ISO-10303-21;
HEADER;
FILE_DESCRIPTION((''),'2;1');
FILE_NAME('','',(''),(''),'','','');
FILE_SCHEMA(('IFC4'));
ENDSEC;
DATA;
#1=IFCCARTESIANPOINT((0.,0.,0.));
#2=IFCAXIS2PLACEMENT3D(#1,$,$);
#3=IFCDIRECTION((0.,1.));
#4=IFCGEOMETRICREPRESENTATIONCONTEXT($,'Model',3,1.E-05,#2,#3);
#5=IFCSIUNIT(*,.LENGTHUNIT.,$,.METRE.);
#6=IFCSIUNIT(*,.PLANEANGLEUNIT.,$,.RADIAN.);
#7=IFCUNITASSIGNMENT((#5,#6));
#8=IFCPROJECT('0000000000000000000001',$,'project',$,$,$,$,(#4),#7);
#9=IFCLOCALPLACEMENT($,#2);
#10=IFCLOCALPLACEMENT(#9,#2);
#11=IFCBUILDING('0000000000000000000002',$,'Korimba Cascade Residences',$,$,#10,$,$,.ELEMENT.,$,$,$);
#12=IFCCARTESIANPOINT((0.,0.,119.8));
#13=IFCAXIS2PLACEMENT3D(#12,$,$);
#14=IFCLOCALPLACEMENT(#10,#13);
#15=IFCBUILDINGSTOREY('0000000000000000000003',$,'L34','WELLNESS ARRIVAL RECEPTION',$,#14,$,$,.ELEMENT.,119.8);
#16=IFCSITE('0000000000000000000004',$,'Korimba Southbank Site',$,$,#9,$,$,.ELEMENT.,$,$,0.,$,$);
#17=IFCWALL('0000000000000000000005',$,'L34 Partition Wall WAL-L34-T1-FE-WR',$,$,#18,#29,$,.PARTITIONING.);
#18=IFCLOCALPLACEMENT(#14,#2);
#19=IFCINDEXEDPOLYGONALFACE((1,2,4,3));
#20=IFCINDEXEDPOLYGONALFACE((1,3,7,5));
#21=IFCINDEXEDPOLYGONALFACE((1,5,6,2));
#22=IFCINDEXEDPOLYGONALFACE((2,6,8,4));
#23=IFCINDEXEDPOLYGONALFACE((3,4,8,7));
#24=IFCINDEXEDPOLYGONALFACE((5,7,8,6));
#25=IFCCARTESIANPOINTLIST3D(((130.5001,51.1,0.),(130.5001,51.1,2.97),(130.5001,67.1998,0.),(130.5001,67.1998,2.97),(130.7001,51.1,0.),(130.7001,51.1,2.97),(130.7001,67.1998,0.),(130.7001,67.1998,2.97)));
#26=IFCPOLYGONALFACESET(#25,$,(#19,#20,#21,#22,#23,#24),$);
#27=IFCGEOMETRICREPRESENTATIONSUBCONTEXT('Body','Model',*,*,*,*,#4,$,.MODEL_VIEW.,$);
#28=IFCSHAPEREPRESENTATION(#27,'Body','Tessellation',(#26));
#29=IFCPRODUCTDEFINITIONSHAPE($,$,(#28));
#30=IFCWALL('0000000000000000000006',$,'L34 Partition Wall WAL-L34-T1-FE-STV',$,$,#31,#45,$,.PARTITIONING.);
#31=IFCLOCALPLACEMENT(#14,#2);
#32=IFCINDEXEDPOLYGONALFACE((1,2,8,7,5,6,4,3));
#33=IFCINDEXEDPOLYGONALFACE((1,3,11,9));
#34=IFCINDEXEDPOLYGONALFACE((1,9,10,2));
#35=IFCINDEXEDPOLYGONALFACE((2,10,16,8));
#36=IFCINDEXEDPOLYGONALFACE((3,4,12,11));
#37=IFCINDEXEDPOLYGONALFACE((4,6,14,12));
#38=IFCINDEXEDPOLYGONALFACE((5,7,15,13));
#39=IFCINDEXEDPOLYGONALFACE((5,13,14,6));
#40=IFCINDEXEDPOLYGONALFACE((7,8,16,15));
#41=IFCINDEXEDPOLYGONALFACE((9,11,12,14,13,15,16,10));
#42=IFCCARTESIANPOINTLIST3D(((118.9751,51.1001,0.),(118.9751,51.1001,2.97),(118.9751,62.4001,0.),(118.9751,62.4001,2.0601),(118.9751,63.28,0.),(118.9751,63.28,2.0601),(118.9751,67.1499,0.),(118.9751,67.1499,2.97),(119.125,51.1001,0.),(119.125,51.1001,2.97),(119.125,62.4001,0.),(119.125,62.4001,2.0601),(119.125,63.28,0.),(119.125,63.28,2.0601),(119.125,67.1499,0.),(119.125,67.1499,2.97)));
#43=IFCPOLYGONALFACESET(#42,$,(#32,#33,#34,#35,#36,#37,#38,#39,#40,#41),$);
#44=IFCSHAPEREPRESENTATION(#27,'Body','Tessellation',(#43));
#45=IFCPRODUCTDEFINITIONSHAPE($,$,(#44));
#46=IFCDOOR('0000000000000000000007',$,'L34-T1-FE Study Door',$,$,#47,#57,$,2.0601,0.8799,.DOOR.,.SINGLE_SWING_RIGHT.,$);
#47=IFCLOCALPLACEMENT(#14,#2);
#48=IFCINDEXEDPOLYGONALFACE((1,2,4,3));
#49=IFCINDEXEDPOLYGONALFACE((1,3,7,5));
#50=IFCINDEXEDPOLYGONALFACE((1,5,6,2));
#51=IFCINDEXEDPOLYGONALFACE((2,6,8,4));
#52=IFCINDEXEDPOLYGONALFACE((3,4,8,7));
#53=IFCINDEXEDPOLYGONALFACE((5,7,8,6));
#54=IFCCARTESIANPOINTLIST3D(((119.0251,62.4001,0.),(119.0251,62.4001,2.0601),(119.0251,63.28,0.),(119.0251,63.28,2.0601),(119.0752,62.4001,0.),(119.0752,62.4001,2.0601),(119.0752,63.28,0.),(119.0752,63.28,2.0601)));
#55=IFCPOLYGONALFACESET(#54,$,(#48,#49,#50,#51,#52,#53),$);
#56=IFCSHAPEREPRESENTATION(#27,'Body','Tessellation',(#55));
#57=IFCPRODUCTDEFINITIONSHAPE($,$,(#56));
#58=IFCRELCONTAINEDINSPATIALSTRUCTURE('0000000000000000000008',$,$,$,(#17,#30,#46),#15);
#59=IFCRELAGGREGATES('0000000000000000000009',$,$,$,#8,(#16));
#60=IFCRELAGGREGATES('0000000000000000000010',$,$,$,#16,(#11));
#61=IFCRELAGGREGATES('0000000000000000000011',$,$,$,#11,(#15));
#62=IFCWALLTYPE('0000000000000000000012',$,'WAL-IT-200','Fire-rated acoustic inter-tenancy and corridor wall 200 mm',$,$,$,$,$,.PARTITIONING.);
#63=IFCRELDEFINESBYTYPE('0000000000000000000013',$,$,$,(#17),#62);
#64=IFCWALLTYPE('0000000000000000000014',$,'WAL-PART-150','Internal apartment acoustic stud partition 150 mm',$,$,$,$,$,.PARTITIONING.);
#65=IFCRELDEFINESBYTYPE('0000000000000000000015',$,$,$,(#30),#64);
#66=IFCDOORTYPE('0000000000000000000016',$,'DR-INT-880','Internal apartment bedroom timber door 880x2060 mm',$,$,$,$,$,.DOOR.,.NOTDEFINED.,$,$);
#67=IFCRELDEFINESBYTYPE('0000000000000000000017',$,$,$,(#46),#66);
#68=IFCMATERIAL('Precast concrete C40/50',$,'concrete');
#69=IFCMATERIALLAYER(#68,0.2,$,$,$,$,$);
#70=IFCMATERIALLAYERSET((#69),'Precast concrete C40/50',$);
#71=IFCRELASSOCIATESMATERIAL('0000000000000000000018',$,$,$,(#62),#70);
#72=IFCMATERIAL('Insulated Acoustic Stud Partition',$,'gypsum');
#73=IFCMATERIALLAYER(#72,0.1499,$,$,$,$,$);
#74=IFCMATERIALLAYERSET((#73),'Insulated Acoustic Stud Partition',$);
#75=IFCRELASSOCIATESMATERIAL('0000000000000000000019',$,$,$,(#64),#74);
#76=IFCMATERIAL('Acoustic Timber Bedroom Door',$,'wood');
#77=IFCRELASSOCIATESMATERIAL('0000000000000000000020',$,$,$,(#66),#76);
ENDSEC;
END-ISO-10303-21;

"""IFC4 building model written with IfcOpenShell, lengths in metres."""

from ifc_helpers import new_model, si_unit, direction, frame, frame_2d, origin, place, context, subcontext, project, spatial, rectangle, extrude, material, layer, layer_set, type_object, element, fill, save


model = new_model("IFC4")

# Units and contexts
model_context = context("Model", 3, precision=1e-05, world=origin(), true_north=direction((0.0, 1.0)))
body_context = subcontext(model_context, "Body", "Model", "MODEL_VIEW")
ifc_project = project(units=[si_unit("LENGTHUNIT", "METRE"), si_unit("PLANEANGLEUNIT", "RADIAN")], contexts=[model_context])

# Site, building, storey
site_placement = place(None, origin())
site = spatial("IfcSite", under=ifc_project, at=site_placement, Name="Korimba Southbank Site", CompositionType="ELEMENT", RefElevation=0.0)
building_placement = place(site_placement, origin())
building = spatial("IfcBuilding", under=site, at=building_placement, Name="Korimba Cascade Residences", CompositionType="ELEMENT")
storey_placement = place(building_placement, frame((0.0, 0.0, 119.8)))
storey = spatial("IfcBuildingStorey", under=building, at=storey_placement, Name="L34", Description="WELLNESS ARRIVAL RECEPTION", CompositionType="ELEMENT", Elevation=119.8)

# Shared definitions
ifc_material_1 = material(Name="Precast concrete C40/50", Category="concrete")

# Wall
ifc_layer_1 = layer(ifc_material_1, 0.2)
ifc_layer_set_1 = layer_set([ifc_layer_1], Name="Precast concrete C40/50")
wall_type_1 = type_object("IfcWallType", Name="WAL-IT-200", Description="Fire-rated acoustic inter-tenancy and corridor wall 200 mm", PredefinedType="PARTITIONING", material=ifc_layer_set_1)
wall_1_placement = place(storey_placement, frame((130.6001, 51.1001, 0.0), z_axis=(0.0, 0.0, 1.0), x_axis=(0.0, 1.0, 0.0)))
element("IfcWall", 1, at=wall_1_placement, inside=storey, type_object=wall_type_1, Name="L34 Partition Wall WAL-L34-T1-FE-WR", PredefinedType="PARTITIONING", context=body_context, shape_type="SweptSolid", body=[
    extrude(rectangle(XDim=16.0999, YDim=0.2, at=frame_2d((8.0498, 0.0))), origin(), (0.0, 0.0, 1.0), 2.97),
])

# Wall, opening, door
ifc_material_2 = material(Name="Insulated Acoustic Stud Partition", Category="gypsum")
ifc_layer_2 = layer(ifc_material_2, 0.1499)
ifc_layer_set_2 = layer_set([ifc_layer_2], Name="Insulated Acoustic Stud Partition")
wall_type_2 = type_object("IfcWallType", Name="WAL-PART-150", Description="Internal apartment acoustic stud partition 150 mm", PredefinedType="PARTITIONING", material=ifc_layer_set_2)
wall_2_placement = place(storey_placement, frame((119.05, 51.1001, 0.0), z_axis=(0.0, 0.0, 1.0), x_axis=(0.0, 1.0, 0.0)))
wall_2 = element("IfcWall", 2, at=wall_2_placement, inside=storey, type_object=wall_type_2, Name="L34 Partition Wall WAL-L34-T1-FE-STV", PredefinedType="PARTITIONING", context=body_context, shape_type="SweptSolid", body=[
    extrude(rectangle(XDim=16.0498, YDim=0.1499, at=frame_2d((8.0249, 0.0))), origin(), (0.0, 0.0, 1.0), 2.97),
])
opening_1_placement = place(wall_2_placement, frame((11.3, 0.0, 0.0)))
opening_1 = element("IfcOpeningElement", 3, at=opening_1_placement, cuts=wall_2, PredefinedType="OPENING", context=body_context, shape_type="SweptSolid", body=[
    extrude(rectangle(XDim=0.8799, YDim=2.0601, at=frame_2d((0.4399, 1.03))), frame((0.0, 0.085, 0.0), z_axis=(0.0, -1.0, 0.0), x_axis=(1.0, 0.0, 0.0)), (0.0, 0.0, 1.0), 0.1699),
])
ifc_material_3 = material(Name="Acoustic Timber Bedroom Door", Category="wood")
door_type = type_object("IfcDoorType", Name="DR-INT-880", Description="Internal apartment bedroom timber door 880x2060 mm", OperationType="NOTDEFINED", PredefinedType="DOOR", material=ifc_material_3)
door_placement = place(opening_1_placement, origin())
door = element("IfcDoor", 4, at=door_placement, inside=storey, type_object=door_type, Name="L34-T1-FE Study Door", OperationType="SINGLE_SWING_RIGHT", OverallHeight=2.0601, OverallWidth=0.8799, PredefinedType="DOOR", context=body_context, shape_type="SweptSolid", body=[
    extrude(rectangle(XDim=0.8799, YDim=2.0601, at=frame_2d((0.4399, 1.03))), frame((0.0, 0.0249, 0.0), z_axis=(0.0, -1.0, 0.0), x_axis=(1.0, 0.0, 0.0)), (0.0, 0.0, 1.0), 0.05),
])
fill(opening_1, door)

save(model, "model.ifc")
